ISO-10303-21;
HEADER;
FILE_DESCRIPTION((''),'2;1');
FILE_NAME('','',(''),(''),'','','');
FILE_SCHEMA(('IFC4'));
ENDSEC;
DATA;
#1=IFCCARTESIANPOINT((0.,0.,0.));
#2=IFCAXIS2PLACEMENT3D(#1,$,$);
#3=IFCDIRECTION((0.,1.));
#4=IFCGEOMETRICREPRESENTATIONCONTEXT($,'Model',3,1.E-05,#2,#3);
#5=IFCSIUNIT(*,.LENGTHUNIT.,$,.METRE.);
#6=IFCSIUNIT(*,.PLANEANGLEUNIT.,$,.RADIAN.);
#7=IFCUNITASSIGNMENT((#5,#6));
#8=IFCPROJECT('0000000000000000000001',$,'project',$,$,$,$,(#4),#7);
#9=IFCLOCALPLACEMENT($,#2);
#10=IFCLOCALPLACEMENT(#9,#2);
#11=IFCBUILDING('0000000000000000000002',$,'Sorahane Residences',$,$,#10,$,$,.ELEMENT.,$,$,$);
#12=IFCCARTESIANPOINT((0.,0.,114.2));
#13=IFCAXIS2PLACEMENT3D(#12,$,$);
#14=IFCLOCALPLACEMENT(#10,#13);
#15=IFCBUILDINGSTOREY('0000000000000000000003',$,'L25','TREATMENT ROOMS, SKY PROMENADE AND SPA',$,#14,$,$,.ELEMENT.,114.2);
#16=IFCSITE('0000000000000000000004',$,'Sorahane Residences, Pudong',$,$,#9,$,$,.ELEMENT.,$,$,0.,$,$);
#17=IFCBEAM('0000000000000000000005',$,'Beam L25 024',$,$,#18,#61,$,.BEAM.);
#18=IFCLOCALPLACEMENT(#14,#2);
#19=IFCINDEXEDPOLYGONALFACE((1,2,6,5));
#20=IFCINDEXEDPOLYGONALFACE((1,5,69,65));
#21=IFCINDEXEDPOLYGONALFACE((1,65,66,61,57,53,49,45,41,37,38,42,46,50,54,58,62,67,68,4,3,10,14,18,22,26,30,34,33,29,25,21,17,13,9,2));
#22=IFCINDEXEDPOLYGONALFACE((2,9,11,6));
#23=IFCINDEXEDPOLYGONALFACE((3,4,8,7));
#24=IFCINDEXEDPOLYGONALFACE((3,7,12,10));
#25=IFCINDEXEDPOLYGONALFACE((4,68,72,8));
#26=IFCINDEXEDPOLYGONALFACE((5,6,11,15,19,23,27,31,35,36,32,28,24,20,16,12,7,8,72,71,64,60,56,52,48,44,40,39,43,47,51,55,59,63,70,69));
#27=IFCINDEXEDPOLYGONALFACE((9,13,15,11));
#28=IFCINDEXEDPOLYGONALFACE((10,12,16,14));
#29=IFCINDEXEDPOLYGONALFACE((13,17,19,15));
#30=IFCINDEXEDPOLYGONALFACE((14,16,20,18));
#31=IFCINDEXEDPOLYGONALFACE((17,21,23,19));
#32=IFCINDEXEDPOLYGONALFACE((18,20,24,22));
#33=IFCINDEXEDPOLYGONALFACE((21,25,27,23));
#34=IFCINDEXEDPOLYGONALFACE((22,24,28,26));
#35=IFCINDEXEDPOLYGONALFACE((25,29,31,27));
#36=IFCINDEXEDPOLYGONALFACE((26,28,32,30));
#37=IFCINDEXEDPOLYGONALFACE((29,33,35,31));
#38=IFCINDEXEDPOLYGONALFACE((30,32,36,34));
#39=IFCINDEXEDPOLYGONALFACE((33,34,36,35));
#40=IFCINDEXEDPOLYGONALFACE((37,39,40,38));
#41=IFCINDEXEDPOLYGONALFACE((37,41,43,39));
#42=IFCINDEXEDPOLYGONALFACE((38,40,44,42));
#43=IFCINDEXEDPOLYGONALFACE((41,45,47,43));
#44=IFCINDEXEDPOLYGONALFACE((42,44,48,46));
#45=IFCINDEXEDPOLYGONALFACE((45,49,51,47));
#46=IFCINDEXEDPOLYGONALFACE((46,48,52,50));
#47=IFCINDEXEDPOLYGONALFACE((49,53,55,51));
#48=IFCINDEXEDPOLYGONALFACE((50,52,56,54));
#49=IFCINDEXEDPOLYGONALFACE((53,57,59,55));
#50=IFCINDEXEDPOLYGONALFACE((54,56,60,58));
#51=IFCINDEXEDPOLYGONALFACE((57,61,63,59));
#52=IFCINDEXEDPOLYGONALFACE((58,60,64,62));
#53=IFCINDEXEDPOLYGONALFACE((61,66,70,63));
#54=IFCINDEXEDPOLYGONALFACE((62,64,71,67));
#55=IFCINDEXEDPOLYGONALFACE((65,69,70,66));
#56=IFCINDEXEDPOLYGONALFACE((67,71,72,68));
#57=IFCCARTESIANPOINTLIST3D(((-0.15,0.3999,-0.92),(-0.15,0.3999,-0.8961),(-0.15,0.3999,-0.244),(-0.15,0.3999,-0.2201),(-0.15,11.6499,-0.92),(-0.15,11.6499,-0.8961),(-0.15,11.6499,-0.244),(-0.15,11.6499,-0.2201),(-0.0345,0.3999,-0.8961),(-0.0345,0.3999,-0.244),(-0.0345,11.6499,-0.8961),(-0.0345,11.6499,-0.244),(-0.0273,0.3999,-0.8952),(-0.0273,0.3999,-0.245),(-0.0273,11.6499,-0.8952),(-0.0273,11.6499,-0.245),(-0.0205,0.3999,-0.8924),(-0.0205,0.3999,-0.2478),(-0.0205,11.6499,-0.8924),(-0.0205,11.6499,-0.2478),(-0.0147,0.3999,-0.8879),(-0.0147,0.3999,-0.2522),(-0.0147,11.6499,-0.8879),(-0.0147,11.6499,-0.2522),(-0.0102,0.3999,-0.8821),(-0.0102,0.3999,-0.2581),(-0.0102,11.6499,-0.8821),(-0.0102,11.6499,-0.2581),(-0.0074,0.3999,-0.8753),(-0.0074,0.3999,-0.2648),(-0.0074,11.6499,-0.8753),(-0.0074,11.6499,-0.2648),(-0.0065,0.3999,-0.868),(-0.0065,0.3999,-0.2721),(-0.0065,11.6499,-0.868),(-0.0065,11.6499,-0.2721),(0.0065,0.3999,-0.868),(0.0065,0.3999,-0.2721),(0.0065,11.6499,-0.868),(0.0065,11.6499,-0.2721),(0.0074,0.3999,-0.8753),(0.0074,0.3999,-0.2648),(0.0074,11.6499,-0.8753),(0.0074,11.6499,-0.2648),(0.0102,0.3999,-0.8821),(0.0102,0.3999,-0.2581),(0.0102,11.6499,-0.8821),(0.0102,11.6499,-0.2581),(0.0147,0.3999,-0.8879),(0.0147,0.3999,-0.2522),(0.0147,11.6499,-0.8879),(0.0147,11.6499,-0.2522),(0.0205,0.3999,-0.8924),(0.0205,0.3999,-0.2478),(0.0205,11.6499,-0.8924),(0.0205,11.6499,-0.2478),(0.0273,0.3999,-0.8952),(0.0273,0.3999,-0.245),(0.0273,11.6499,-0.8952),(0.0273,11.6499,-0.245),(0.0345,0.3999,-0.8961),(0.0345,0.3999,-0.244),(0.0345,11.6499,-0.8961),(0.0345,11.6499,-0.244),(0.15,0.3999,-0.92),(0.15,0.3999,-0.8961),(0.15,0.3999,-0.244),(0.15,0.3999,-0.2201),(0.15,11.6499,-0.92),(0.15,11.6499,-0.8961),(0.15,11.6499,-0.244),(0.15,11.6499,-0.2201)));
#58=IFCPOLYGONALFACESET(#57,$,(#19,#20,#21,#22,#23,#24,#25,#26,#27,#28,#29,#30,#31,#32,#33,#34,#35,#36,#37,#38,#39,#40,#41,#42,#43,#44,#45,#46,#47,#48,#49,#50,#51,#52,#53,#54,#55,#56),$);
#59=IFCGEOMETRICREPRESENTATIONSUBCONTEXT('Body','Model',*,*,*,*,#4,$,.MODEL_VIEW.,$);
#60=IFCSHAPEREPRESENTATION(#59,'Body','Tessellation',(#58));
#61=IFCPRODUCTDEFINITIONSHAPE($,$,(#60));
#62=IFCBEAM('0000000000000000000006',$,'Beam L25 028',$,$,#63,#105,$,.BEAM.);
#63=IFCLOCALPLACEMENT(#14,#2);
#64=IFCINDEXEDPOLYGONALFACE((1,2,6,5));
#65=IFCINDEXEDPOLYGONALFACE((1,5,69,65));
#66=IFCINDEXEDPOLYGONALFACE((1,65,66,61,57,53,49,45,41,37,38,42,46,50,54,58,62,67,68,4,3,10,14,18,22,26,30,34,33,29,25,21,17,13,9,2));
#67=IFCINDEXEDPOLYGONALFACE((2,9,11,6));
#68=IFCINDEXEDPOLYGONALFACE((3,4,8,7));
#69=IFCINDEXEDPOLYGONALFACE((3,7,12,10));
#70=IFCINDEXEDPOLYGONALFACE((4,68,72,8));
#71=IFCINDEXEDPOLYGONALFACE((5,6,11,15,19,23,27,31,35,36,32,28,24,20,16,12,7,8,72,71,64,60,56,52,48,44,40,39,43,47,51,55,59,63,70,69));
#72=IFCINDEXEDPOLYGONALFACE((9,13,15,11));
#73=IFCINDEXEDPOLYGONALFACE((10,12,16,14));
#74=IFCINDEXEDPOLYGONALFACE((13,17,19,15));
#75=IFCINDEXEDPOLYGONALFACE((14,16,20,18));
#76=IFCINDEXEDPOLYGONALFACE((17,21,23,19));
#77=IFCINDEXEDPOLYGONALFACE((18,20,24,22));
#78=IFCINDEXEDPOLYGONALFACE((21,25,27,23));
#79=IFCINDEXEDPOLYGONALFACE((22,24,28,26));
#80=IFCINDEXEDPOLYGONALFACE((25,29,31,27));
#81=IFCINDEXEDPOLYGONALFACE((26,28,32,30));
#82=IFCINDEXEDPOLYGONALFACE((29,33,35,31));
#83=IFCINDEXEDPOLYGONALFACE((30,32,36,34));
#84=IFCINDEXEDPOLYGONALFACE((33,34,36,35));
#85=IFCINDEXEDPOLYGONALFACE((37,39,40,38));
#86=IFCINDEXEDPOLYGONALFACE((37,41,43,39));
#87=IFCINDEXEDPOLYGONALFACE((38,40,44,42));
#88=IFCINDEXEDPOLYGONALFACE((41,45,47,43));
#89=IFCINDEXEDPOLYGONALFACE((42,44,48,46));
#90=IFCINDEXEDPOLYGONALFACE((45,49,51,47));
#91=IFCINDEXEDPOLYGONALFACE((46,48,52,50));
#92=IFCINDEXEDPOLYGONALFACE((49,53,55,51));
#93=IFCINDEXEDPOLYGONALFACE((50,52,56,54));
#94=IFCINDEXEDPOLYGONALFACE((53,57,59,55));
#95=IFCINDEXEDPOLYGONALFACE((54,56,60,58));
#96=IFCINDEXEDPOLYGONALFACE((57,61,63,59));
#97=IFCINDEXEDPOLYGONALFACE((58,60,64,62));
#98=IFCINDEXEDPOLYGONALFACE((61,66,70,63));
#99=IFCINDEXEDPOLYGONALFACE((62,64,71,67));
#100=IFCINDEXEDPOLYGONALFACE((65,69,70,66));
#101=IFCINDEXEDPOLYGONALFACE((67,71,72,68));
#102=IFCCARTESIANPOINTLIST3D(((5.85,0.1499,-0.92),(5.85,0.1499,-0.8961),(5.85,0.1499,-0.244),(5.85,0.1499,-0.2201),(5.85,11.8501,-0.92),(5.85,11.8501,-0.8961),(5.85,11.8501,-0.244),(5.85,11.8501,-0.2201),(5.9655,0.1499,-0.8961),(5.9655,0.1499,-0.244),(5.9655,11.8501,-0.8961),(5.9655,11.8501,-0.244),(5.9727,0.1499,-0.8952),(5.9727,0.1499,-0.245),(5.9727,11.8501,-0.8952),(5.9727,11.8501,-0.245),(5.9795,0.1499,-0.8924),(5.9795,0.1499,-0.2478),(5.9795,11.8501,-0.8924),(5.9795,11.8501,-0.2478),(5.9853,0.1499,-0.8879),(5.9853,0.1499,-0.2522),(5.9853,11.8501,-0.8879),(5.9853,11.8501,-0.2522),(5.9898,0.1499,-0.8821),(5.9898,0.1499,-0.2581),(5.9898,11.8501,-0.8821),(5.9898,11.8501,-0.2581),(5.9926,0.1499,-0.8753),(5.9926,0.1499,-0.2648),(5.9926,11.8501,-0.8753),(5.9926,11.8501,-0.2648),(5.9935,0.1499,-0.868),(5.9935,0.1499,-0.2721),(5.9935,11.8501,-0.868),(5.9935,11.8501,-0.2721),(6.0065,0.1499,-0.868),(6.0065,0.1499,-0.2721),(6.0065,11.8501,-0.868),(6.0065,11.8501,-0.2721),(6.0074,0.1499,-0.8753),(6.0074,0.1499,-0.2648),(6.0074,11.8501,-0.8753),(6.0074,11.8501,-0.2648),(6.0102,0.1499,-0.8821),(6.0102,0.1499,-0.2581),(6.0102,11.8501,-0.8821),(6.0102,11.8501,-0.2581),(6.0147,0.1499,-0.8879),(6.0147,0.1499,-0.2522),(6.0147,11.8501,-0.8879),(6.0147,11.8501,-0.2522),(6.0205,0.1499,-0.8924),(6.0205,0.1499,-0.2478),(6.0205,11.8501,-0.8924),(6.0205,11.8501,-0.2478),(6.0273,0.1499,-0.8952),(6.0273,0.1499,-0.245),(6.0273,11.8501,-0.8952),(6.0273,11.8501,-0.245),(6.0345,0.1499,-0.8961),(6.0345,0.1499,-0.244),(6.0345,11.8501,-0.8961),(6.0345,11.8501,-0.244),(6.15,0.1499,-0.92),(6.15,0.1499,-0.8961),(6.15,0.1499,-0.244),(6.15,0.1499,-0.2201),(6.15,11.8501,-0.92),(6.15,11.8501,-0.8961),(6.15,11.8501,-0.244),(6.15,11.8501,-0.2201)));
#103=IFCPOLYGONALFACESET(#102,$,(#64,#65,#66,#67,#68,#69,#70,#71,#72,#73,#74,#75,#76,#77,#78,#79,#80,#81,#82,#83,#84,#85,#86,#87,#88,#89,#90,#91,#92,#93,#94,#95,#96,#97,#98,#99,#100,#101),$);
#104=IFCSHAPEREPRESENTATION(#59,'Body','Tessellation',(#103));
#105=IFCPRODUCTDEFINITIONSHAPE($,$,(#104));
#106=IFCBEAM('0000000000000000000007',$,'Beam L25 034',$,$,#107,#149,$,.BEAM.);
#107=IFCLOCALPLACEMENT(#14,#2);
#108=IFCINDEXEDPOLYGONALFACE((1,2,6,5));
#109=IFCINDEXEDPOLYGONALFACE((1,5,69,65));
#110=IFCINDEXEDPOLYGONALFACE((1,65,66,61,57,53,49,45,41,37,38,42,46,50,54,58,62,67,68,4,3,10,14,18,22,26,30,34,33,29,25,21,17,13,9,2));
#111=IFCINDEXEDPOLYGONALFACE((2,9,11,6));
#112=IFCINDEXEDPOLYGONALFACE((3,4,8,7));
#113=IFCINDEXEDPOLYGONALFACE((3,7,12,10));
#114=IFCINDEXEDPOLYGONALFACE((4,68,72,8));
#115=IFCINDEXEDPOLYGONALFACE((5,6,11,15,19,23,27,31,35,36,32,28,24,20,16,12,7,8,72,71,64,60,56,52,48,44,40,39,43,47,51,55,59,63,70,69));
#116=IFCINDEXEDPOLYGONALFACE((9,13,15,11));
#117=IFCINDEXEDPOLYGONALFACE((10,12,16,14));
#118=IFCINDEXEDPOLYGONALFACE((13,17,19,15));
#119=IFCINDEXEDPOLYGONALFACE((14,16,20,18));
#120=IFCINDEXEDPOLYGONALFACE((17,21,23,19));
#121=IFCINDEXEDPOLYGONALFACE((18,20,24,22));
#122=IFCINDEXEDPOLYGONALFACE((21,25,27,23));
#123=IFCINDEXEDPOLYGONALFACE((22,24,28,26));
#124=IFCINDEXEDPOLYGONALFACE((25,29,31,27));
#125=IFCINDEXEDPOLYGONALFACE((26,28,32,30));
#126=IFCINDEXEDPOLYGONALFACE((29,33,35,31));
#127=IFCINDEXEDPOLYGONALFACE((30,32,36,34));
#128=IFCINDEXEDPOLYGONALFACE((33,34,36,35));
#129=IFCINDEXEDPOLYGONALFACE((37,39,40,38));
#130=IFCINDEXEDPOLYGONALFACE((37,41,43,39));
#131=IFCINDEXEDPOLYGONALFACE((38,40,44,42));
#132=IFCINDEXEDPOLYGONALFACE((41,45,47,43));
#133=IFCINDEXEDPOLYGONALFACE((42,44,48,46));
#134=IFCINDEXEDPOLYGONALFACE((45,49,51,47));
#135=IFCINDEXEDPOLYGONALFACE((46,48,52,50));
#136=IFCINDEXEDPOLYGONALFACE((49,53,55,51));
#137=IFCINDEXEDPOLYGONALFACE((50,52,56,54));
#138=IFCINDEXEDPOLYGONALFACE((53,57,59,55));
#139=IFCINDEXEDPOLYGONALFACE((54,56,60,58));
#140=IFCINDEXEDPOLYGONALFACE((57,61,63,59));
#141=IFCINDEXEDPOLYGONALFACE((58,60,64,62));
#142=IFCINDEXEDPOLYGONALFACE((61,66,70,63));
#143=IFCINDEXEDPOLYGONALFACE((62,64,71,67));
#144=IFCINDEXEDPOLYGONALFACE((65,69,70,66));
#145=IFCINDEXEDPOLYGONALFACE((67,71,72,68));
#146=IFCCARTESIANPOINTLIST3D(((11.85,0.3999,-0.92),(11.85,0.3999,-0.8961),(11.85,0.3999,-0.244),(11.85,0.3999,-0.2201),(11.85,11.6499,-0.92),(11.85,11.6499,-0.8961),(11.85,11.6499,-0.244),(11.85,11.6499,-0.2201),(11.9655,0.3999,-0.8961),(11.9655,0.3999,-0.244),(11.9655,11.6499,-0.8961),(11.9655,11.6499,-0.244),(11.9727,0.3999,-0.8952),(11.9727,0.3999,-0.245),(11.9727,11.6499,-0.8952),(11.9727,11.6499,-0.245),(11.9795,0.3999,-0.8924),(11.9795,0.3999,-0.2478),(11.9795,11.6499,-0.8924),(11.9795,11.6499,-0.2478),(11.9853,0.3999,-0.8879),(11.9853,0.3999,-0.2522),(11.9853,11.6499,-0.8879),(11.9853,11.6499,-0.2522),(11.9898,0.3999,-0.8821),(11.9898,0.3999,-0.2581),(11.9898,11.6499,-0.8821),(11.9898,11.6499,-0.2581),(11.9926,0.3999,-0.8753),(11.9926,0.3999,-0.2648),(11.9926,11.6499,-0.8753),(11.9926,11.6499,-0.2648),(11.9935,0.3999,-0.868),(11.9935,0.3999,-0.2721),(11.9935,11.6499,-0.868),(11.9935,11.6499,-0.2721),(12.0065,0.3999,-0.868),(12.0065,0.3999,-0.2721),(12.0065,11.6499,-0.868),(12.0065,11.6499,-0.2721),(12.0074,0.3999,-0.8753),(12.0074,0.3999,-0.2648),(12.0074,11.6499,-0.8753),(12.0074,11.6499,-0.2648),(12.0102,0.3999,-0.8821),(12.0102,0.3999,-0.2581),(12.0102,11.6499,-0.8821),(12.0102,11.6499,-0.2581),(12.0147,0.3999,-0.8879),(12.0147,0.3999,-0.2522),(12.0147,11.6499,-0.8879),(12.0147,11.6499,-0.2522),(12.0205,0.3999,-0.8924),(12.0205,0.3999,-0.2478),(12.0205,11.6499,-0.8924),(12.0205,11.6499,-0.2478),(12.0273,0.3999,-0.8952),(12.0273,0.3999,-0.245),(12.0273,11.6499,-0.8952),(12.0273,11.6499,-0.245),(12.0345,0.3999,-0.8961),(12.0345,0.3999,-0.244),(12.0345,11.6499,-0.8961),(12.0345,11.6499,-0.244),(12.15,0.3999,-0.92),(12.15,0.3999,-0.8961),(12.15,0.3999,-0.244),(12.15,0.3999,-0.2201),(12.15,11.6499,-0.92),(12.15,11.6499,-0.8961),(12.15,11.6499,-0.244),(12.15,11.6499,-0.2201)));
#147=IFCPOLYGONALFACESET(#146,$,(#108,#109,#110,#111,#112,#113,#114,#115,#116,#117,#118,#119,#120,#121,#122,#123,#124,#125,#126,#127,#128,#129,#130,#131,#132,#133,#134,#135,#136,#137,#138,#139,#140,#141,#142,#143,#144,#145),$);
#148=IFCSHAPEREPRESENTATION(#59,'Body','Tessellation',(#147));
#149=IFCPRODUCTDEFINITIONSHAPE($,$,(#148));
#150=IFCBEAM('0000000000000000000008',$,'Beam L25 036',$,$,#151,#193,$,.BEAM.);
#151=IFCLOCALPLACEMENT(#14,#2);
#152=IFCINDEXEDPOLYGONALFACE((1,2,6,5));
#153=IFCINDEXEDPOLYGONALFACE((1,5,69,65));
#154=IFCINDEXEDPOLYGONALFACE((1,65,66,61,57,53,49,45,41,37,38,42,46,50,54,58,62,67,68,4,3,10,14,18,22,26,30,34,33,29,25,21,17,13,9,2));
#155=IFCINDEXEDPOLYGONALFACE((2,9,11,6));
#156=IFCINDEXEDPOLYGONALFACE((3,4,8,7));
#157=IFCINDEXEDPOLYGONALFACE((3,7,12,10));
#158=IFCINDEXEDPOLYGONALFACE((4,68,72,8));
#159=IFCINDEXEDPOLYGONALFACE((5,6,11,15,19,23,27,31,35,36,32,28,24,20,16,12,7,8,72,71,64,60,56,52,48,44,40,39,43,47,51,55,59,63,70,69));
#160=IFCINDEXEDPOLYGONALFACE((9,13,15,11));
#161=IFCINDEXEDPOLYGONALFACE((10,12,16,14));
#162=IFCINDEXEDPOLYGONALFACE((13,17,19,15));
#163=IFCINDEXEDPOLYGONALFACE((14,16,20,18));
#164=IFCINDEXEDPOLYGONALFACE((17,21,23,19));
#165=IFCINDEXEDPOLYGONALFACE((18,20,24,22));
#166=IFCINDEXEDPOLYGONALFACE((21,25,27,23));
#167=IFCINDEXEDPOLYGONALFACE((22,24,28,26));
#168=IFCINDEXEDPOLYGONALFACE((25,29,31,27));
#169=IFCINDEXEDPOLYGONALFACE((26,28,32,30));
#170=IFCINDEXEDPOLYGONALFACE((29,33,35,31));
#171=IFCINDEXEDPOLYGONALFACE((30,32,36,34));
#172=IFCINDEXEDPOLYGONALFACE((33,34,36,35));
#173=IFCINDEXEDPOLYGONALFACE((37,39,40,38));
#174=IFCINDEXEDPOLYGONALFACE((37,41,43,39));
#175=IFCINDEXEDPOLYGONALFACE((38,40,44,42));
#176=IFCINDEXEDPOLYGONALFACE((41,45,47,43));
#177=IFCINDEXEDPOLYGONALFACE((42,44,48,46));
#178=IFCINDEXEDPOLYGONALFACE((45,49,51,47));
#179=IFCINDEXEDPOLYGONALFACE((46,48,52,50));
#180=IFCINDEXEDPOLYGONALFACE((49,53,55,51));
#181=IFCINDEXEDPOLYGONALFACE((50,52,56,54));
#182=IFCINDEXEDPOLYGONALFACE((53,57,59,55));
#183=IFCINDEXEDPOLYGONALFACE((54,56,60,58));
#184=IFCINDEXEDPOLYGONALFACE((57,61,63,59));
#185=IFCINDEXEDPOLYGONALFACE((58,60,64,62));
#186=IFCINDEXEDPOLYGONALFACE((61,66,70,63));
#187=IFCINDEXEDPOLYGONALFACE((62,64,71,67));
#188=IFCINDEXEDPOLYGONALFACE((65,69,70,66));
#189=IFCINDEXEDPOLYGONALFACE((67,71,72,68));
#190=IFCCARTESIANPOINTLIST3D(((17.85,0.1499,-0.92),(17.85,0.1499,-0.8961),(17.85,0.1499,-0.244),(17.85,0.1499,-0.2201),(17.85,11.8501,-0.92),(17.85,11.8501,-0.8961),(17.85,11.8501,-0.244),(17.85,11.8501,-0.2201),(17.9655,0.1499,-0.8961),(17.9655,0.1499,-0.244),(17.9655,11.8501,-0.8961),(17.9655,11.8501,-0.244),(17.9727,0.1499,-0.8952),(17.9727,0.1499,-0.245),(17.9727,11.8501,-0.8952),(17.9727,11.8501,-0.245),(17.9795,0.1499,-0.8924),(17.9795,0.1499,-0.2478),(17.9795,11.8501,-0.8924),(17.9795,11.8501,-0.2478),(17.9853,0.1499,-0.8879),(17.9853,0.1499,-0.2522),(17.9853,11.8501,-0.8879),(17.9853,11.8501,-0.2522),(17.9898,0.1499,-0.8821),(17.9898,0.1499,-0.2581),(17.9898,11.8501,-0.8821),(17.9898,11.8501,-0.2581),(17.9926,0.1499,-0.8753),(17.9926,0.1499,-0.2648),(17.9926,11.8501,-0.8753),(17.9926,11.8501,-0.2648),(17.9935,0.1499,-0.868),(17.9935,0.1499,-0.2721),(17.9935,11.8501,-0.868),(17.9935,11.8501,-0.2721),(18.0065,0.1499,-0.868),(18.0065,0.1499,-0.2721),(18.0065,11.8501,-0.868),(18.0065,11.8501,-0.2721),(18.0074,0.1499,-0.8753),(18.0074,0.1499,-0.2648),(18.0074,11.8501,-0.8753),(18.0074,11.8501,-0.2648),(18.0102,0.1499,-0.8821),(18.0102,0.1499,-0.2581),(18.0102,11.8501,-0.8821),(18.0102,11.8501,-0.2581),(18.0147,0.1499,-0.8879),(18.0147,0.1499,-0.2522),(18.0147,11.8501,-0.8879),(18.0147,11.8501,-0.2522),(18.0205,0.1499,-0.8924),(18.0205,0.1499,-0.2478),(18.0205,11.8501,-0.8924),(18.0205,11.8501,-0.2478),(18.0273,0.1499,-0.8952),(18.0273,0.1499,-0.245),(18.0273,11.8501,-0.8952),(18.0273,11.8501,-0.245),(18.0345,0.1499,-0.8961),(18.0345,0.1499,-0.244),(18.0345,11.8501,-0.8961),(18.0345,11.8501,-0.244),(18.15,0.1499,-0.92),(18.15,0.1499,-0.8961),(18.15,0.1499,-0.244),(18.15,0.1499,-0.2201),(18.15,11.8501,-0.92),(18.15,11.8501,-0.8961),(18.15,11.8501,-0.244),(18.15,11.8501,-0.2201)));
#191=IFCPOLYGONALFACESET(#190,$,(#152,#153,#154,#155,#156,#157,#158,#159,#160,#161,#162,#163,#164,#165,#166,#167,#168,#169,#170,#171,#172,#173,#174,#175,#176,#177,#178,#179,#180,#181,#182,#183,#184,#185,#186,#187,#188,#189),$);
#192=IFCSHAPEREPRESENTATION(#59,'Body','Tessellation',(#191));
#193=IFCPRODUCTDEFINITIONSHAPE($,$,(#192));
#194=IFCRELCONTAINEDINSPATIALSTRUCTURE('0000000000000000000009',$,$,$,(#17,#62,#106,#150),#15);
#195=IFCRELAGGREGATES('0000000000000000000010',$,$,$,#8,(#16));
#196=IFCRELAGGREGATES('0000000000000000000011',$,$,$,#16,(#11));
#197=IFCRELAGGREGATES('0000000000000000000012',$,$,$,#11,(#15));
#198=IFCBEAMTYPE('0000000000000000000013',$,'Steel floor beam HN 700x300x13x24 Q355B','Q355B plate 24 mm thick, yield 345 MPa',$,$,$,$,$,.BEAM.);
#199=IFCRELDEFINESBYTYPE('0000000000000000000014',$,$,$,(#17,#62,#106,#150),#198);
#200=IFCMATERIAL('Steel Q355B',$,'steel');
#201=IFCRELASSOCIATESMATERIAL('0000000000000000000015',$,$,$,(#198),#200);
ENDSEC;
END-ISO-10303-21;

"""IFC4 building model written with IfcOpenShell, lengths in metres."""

from ifc_helpers import new_model, si_unit, direction, frame, origin, origin_2d, place, context, subcontext, project, spatial, i_section, extrude, material, material_profile, profile_set, type_object, element, save


model = new_model("IFC4")

# Units and contexts
model_context = context("Model", 3, precision=1e-05, world=origin(), true_north=direction((0.0, 1.0)))
body_context = subcontext(model_context, "Body", "Model", "MODEL_VIEW")
ifc_project = project(units=[si_unit("LENGTHUNIT", "METRE"), si_unit("PLANEANGLEUNIT", "RADIAN")], contexts=[model_context])

# Site, building, storey
site_placement = place(None, origin())
site = spatial("IfcSite", under=ifc_project, at=site_placement, Name="Sorahane Residences, Pudong", CompositionType="ELEMENT", RefElevation=0.0)
building_placement = place(site_placement, origin())
building = spatial("IfcBuilding", under=site, at=building_placement, Name="Sorahane Residences", CompositionType="ELEMENT")
storey_placement = place(building_placement, frame((0.0, 0.0, 114.2)))
storey = spatial("IfcBuildingStorey", under=building, at=storey_placement, Name="L25", Description="TREATMENT ROOMS, SKY PROMENADE AND SPA", CompositionType="ELEMENT", Elevation=114.2)

# Beams
ifc_material_1 = material(Name="Steel Q355B", Category="steel")
ifc_material_profile_1 = material_profile(ifc_material_1, i_section(OverallWidth=0.3, OverallDepth=0.7, WebThickness=0.0129, FlangeThickness=0.0239, FilletRadius=0.0281, at=origin_2d()), Name="HN 700x300x13x24")
ifc_profile_set_1 = profile_set([ifc_material_profile_1], Name="Steel Q355B")
beam_type_1 = type_object("IfcBeamType", Name="Steel floor beam HN 700x300x13x24 Q355B", Description="Q355B plate 24 mm thick, yield 345 MPa", PredefinedType="BEAM", material=ifc_profile_set_1)
beam_1_placement = place(storey_placement, frame((0.0, 0.3999, -0.5701), z_axis=(0.0, 1.0, 0.0), x_axis=(-1.0, 0.0, 0.0)))
element("IfcBeam", 1, at=beam_1_placement, inside=storey, type_object=beam_type_1, Name="Beam L25 024", PredefinedType="BEAM", context=body_context, shape_type="SweptSolid", body=[
    extrude(i_section(OverallWidth=0.3, OverallDepth=0.7, WebThickness=0.0129, FlangeThickness=0.0239, FilletRadius=0.0281, at=origin_2d()), origin(), (0.0, 0.0, 1.0), 11.25),
])
beam_2_placement = place(storey_placement, frame((6.0, 0.1499, -0.5701), z_axis=(0.0, 1.0, 0.0), x_axis=(-1.0, 0.0, 0.0)))
element("IfcBeam", 2, at=beam_2_placement, inside=storey, type_object=beam_type_1, Name="Beam L25 028", PredefinedType="BEAM", context=body_context, shape_type="SweptSolid", body=[
    extrude(i_section(OverallWidth=0.3, OverallDepth=0.7, WebThickness=0.0129, FlangeThickness=0.0239, FilletRadius=0.0281, at=origin_2d()), origin(), (0.0, 0.0, 1.0), 11.7002),
])
beam_3_placement = place(storey_placement, frame((12.0, 0.3999, -0.5701), z_axis=(0.0, 1.0, 0.0), x_axis=(-1.0, 0.0, 0.0)))
element("IfcBeam", 3, at=beam_3_placement, inside=storey, type_object=beam_type_1, Name="Beam L25 034", PredefinedType="BEAM", context=body_context, shape_type="SweptSolid", body=[
    extrude(i_section(OverallWidth=0.3, OverallDepth=0.7, WebThickness=0.0129, FlangeThickness=0.0239, FilletRadius=0.0281, at=origin_2d()), origin(), (0.0, 0.0, 1.0), 11.25),
])
beam_4_placement = place(storey_placement, frame((18.0, 0.1499, -0.5701), z_axis=(0.0, 1.0, 0.0), x_axis=(-1.0, 0.0, 0.0)))
element("IfcBeam", 4, at=beam_4_placement, inside=storey, type_object=beam_type_1, Name="Beam L25 036", PredefinedType="BEAM", context=body_context, shape_type="SweptSolid", body=[
    extrude(i_section(OverallWidth=0.3, OverallDepth=0.7, WebThickness=0.0129, FlangeThickness=0.0239, FilletRadius=0.0281, at=origin_2d()), origin(), (0.0, 0.0, 1.0), 11.7002),
])

save(model, "model.ifc")
